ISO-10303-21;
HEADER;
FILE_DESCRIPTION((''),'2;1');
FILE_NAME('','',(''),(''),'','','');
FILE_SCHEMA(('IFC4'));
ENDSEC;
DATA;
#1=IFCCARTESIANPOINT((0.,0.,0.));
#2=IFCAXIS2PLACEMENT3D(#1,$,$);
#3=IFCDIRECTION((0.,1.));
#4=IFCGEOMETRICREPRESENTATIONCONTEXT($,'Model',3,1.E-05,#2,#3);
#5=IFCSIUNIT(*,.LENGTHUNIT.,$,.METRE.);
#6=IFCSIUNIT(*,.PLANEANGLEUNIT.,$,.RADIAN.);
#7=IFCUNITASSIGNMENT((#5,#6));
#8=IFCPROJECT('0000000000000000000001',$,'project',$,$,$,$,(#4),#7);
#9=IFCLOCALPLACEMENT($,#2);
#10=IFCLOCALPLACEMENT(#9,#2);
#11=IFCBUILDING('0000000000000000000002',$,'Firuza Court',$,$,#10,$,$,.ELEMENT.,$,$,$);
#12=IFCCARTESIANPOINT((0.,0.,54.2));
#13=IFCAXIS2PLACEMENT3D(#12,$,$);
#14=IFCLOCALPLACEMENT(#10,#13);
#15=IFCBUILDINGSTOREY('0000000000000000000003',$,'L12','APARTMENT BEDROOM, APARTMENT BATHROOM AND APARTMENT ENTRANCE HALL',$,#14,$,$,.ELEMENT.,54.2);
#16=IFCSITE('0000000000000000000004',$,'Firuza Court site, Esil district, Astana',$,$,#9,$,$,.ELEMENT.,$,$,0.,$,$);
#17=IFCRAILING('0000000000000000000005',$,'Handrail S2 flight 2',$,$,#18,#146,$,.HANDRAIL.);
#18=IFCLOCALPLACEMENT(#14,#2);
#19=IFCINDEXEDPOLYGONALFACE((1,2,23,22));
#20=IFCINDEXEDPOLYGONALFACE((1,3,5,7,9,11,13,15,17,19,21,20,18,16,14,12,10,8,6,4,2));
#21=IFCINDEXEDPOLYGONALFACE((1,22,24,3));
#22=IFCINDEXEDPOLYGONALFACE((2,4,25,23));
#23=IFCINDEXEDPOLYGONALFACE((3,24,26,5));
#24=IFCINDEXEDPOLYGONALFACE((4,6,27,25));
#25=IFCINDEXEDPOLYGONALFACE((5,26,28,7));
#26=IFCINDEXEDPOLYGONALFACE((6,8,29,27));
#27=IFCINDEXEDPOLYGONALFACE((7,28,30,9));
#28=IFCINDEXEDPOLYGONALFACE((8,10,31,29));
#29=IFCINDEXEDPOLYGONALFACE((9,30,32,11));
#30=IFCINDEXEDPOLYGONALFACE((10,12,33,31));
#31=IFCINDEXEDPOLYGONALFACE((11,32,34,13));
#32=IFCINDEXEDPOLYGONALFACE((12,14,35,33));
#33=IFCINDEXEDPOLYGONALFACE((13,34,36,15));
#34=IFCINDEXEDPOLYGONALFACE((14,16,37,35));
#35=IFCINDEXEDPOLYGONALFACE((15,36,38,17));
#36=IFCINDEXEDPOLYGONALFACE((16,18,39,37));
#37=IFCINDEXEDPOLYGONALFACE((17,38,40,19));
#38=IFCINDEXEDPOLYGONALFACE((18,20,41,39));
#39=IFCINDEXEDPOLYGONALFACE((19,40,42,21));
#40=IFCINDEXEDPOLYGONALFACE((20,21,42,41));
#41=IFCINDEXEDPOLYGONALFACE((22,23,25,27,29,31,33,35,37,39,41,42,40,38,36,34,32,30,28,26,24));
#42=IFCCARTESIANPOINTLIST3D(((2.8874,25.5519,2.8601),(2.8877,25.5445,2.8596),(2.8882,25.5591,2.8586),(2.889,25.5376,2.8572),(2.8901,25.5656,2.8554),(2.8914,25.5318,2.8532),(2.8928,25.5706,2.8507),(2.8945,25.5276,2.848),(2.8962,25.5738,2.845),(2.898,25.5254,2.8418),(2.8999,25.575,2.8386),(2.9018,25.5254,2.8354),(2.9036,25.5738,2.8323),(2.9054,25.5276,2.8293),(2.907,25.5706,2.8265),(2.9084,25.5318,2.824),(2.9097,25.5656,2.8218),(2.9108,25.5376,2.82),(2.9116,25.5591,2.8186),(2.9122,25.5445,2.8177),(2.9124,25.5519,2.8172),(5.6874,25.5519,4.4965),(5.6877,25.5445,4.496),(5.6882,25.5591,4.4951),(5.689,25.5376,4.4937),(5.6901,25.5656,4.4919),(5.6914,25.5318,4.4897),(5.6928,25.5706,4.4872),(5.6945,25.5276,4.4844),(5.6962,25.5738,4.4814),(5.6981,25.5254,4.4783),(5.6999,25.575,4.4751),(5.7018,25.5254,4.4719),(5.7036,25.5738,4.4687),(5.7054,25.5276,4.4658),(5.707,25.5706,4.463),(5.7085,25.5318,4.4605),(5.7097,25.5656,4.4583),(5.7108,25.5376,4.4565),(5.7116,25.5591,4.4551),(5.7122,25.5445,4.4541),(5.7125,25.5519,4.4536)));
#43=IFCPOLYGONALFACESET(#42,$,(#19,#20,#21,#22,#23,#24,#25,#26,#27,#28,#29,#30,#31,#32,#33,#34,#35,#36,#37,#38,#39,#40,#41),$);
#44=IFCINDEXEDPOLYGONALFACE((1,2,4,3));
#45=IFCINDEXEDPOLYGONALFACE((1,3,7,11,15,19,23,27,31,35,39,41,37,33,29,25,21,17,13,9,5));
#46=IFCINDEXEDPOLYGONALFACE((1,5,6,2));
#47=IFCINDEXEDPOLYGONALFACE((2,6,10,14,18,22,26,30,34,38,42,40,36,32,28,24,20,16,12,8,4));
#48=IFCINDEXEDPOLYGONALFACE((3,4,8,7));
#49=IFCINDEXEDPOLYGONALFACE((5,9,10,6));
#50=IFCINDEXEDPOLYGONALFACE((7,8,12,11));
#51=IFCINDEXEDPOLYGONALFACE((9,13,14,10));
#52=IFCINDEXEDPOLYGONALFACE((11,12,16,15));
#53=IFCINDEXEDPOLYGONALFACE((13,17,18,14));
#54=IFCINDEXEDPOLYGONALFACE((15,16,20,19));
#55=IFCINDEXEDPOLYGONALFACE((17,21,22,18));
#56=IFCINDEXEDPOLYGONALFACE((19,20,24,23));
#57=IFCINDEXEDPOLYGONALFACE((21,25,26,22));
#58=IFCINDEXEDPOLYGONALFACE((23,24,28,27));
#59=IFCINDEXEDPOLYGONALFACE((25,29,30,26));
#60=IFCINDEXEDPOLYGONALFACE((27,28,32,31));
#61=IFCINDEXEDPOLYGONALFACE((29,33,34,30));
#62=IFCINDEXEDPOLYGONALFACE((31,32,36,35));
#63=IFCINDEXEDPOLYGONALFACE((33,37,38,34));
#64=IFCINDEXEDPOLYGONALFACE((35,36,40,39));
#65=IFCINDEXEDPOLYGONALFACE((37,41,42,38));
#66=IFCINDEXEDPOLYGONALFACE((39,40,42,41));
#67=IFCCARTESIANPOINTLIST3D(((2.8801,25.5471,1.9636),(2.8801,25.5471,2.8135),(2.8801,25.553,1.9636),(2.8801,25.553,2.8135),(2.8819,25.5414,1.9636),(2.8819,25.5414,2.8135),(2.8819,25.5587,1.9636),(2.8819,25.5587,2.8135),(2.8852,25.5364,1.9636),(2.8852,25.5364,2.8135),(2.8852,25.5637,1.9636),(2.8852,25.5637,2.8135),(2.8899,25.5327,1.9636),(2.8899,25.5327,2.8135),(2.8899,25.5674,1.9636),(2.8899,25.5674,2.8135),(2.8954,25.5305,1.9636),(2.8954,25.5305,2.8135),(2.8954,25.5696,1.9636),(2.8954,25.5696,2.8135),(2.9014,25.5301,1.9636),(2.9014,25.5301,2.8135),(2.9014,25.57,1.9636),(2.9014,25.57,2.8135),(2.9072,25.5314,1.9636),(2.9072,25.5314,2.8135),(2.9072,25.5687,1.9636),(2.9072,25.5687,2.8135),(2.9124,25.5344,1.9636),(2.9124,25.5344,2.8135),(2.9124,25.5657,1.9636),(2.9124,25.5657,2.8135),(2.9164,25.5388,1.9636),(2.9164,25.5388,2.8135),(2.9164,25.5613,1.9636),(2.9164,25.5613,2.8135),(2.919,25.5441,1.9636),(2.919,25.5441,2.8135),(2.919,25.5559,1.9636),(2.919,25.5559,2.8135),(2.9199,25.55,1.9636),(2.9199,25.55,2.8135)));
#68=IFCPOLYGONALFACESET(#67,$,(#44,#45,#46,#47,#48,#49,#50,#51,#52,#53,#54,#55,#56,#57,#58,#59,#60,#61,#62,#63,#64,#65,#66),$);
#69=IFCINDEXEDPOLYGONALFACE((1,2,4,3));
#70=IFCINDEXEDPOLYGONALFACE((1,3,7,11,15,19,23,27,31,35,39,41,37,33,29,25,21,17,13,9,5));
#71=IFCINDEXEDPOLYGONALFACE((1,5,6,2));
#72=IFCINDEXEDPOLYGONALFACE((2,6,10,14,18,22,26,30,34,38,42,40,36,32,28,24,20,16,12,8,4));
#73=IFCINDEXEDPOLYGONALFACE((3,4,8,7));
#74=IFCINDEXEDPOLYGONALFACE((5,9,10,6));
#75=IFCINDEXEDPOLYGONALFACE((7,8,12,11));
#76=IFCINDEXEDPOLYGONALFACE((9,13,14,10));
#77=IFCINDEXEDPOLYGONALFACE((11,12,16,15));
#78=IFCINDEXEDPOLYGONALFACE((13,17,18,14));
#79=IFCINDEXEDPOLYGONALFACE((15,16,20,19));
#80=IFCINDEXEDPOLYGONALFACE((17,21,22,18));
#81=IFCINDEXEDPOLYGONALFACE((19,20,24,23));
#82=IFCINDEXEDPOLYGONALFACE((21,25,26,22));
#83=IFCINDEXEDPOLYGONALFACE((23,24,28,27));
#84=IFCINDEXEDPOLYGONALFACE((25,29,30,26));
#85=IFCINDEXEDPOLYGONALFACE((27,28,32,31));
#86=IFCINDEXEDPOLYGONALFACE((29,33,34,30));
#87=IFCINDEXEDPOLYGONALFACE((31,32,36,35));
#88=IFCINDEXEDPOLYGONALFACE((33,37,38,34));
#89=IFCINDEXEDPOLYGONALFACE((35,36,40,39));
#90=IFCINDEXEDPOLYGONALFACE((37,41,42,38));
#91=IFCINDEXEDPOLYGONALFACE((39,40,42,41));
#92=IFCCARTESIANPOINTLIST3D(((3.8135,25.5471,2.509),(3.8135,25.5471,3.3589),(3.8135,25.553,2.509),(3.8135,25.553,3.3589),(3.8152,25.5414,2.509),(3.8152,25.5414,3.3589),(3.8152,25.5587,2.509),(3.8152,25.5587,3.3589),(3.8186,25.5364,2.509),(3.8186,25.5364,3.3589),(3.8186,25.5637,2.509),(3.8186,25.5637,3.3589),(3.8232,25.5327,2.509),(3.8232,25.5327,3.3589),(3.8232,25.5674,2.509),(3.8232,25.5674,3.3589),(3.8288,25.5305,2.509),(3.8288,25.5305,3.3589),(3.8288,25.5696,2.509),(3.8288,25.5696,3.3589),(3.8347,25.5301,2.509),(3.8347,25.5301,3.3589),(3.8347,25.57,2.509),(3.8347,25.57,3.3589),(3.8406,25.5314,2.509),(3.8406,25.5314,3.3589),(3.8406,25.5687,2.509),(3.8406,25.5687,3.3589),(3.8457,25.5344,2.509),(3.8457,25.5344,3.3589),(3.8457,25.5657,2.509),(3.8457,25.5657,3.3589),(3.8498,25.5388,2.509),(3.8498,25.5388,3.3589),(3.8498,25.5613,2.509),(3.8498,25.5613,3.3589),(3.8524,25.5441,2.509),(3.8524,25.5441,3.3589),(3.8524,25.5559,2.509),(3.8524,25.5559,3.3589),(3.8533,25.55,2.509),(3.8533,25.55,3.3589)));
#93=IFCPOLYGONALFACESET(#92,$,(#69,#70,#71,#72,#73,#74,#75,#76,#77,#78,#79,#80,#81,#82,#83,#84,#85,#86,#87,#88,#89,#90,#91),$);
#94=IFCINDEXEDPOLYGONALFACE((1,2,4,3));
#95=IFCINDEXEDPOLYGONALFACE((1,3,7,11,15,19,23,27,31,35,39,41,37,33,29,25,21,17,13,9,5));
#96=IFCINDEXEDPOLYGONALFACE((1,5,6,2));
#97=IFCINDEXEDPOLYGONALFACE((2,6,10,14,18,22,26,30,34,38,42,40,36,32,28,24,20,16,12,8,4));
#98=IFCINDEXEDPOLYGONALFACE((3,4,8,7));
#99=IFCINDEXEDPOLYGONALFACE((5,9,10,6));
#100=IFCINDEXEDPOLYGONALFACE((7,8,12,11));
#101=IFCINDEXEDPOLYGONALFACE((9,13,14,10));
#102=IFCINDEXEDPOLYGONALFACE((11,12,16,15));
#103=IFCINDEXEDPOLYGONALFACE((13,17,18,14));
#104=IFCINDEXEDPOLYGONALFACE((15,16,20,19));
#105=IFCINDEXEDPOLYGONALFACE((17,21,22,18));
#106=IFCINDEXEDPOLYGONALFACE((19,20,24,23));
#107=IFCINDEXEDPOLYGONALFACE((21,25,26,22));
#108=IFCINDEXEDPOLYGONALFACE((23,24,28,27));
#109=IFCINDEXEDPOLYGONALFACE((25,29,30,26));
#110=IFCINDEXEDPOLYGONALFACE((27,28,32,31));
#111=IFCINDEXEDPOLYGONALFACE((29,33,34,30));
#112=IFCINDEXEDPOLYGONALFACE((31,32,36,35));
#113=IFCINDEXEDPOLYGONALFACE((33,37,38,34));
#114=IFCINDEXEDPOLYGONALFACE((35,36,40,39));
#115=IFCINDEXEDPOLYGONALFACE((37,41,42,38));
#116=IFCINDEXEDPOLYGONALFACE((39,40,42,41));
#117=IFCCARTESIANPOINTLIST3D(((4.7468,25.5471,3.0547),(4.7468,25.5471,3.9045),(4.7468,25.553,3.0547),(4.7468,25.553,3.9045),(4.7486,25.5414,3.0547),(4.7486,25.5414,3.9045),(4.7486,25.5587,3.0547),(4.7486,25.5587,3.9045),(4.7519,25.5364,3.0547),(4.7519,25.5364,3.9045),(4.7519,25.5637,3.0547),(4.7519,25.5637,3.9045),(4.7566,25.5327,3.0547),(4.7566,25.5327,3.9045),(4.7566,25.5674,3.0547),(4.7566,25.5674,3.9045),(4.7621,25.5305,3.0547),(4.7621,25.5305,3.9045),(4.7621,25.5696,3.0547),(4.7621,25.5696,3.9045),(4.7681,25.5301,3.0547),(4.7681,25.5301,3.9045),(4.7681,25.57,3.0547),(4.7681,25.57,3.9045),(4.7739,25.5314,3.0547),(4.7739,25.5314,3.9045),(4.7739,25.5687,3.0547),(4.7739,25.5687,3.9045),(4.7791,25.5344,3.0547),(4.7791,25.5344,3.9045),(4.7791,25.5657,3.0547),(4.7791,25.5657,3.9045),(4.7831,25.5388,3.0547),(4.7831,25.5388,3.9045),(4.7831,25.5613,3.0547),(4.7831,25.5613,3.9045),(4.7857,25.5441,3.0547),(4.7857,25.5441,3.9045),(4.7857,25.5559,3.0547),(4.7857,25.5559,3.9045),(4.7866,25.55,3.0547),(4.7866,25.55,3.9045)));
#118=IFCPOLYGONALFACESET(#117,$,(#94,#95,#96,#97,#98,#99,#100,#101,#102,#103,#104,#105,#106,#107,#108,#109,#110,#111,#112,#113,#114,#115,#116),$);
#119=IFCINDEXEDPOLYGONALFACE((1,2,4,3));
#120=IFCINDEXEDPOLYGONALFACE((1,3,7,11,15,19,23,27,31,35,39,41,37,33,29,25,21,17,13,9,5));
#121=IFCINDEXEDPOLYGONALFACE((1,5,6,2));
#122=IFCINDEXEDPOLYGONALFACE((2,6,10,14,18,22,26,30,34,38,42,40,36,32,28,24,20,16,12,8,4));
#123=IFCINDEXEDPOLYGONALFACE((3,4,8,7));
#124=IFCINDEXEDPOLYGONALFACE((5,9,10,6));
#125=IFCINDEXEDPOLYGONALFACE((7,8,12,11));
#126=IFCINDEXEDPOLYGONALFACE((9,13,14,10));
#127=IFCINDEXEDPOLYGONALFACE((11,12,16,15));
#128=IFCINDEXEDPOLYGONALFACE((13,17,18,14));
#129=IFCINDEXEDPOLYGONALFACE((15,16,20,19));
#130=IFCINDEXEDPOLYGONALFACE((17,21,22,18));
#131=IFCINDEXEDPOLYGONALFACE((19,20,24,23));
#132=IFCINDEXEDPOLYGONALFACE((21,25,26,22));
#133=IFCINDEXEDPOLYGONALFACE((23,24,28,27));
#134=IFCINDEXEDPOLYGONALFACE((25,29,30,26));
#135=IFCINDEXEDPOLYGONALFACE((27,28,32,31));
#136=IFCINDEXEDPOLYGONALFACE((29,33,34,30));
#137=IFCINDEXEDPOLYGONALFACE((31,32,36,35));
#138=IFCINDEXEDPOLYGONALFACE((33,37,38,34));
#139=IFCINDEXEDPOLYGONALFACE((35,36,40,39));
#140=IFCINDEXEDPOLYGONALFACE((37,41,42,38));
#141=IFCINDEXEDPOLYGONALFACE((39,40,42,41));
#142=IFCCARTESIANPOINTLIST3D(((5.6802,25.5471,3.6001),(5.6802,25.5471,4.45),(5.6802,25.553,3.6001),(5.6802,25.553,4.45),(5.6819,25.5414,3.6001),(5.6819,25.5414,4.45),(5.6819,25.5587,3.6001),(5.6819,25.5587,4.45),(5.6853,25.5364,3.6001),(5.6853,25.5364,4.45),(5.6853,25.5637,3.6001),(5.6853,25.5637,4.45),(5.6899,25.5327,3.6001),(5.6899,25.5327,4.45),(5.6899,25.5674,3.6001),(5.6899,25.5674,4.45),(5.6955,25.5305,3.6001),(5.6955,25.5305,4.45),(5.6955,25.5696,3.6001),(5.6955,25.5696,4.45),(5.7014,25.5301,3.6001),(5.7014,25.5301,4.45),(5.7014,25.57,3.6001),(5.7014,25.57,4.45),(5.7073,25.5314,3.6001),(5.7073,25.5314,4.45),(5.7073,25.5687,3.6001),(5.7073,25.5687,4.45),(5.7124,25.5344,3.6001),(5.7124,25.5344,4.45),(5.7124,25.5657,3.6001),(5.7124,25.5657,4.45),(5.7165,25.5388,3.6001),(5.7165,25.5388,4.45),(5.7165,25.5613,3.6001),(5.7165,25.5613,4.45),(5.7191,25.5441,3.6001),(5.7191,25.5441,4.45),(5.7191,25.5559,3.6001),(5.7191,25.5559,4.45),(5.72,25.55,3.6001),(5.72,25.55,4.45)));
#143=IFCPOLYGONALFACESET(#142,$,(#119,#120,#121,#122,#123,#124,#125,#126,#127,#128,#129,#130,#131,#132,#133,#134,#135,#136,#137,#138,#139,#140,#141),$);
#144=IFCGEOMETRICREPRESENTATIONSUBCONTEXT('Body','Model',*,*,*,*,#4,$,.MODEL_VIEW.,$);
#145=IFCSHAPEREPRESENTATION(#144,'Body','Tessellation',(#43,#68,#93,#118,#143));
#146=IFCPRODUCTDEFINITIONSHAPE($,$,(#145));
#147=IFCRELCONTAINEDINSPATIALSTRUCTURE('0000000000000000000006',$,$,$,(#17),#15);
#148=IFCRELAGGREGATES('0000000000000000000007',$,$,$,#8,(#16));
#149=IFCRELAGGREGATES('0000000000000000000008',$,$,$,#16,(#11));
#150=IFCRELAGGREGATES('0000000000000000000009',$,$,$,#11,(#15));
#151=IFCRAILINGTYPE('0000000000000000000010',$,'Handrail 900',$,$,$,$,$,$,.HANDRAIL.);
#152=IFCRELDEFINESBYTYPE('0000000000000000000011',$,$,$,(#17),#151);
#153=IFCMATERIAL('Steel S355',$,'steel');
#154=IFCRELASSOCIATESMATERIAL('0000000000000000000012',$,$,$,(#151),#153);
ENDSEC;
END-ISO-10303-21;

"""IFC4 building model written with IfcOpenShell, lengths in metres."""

from ifc_helpers import new_model, si_unit, direction, frame, origin, origin_2d, place, context, subcontext, project, spatial, circle, extrude, material, type_object, element, save


model = new_model("IFC4")

# Units and contexts
model_context = context("Model", 3, precision=1e-05, world=origin(), true_north=direction((0.0, 1.0)))
body_context = subcontext(model_context, "Body", "Model", "MODEL_VIEW")
ifc_project = project(units=[si_unit("LENGTHUNIT", "METRE"), si_unit("PLANEANGLEUNIT", "RADIAN")], contexts=[model_context])

# Site, building, storey
site_placement = place(None, origin())
site = spatial("IfcSite", under=ifc_project, at=site_placement, Name="Firuza Court site, Esil district, Astana", CompositionType="ELEMENT", RefElevation=0.0)
building_placement = place(site_placement, origin())
building = spatial("IfcBuilding", under=site, at=building_placement, Name="Firuza Court", CompositionType="ELEMENT")
storey_placement = place(building_placement, frame((0.0, 0.0, 54.2)))
storey = spatial("IfcBuildingStorey", under=building, at=storey_placement, Name="L12", Description="APARTMENT BEDROOM, APARTMENT BATHROOM AND APARTMENT ENTRANCE HALL", CompositionType="ELEMENT", Elevation=54.2)

# Railing
ifc_material_1 = material(Name="Steel S355", Category="steel")
railing_type_1 = type_object("IfcRailingType", Name="Handrail 900", PredefinedType="HANDRAIL", material=ifc_material_1)
railing_1_placement = place(storey_placement, frame((2.8999, 25.55, 1.9636)))
element("IfcRailing", 1, at=railing_1_placement, inside=storey, type_object=railing_type_1, Name="Handrail S2 flight 2", PredefinedType="HANDRAIL", context=body_context, shape_type="SweptSolid", body=[
    extrude(circle(Radius=0.0249, at=origin_2d()), frame((0.0, 0.0, 0.875), z_axis=(0.863361, 0.0, 0.504587), x_axis=(0.0, 1.0, 0.0)), (0.0, 0.0, 1.0), 3.2432),
    extrude(circle(Radius=0.02, at=origin_2d()), origin(), (0.0, 0.0, 1.0), 0.8499),
    extrude(circle(Radius=0.02, at=origin_2d()), frame((0.9333, 0.0, 0.5454)), (0.0, 0.0, 1.0), 0.8499),
    extrude(circle(Radius=0.02, at=origin_2d()), frame((1.8667, 0.0, 1.0911)), (0.0, 0.0, 1.0), 0.8499),
    extrude(circle(Radius=0.02, at=origin_2d()), frame((2.8, 0.0, 1.6365)), (0.0, 0.0, 1.0), 0.8499),
])

save(model, "model.ifc")
